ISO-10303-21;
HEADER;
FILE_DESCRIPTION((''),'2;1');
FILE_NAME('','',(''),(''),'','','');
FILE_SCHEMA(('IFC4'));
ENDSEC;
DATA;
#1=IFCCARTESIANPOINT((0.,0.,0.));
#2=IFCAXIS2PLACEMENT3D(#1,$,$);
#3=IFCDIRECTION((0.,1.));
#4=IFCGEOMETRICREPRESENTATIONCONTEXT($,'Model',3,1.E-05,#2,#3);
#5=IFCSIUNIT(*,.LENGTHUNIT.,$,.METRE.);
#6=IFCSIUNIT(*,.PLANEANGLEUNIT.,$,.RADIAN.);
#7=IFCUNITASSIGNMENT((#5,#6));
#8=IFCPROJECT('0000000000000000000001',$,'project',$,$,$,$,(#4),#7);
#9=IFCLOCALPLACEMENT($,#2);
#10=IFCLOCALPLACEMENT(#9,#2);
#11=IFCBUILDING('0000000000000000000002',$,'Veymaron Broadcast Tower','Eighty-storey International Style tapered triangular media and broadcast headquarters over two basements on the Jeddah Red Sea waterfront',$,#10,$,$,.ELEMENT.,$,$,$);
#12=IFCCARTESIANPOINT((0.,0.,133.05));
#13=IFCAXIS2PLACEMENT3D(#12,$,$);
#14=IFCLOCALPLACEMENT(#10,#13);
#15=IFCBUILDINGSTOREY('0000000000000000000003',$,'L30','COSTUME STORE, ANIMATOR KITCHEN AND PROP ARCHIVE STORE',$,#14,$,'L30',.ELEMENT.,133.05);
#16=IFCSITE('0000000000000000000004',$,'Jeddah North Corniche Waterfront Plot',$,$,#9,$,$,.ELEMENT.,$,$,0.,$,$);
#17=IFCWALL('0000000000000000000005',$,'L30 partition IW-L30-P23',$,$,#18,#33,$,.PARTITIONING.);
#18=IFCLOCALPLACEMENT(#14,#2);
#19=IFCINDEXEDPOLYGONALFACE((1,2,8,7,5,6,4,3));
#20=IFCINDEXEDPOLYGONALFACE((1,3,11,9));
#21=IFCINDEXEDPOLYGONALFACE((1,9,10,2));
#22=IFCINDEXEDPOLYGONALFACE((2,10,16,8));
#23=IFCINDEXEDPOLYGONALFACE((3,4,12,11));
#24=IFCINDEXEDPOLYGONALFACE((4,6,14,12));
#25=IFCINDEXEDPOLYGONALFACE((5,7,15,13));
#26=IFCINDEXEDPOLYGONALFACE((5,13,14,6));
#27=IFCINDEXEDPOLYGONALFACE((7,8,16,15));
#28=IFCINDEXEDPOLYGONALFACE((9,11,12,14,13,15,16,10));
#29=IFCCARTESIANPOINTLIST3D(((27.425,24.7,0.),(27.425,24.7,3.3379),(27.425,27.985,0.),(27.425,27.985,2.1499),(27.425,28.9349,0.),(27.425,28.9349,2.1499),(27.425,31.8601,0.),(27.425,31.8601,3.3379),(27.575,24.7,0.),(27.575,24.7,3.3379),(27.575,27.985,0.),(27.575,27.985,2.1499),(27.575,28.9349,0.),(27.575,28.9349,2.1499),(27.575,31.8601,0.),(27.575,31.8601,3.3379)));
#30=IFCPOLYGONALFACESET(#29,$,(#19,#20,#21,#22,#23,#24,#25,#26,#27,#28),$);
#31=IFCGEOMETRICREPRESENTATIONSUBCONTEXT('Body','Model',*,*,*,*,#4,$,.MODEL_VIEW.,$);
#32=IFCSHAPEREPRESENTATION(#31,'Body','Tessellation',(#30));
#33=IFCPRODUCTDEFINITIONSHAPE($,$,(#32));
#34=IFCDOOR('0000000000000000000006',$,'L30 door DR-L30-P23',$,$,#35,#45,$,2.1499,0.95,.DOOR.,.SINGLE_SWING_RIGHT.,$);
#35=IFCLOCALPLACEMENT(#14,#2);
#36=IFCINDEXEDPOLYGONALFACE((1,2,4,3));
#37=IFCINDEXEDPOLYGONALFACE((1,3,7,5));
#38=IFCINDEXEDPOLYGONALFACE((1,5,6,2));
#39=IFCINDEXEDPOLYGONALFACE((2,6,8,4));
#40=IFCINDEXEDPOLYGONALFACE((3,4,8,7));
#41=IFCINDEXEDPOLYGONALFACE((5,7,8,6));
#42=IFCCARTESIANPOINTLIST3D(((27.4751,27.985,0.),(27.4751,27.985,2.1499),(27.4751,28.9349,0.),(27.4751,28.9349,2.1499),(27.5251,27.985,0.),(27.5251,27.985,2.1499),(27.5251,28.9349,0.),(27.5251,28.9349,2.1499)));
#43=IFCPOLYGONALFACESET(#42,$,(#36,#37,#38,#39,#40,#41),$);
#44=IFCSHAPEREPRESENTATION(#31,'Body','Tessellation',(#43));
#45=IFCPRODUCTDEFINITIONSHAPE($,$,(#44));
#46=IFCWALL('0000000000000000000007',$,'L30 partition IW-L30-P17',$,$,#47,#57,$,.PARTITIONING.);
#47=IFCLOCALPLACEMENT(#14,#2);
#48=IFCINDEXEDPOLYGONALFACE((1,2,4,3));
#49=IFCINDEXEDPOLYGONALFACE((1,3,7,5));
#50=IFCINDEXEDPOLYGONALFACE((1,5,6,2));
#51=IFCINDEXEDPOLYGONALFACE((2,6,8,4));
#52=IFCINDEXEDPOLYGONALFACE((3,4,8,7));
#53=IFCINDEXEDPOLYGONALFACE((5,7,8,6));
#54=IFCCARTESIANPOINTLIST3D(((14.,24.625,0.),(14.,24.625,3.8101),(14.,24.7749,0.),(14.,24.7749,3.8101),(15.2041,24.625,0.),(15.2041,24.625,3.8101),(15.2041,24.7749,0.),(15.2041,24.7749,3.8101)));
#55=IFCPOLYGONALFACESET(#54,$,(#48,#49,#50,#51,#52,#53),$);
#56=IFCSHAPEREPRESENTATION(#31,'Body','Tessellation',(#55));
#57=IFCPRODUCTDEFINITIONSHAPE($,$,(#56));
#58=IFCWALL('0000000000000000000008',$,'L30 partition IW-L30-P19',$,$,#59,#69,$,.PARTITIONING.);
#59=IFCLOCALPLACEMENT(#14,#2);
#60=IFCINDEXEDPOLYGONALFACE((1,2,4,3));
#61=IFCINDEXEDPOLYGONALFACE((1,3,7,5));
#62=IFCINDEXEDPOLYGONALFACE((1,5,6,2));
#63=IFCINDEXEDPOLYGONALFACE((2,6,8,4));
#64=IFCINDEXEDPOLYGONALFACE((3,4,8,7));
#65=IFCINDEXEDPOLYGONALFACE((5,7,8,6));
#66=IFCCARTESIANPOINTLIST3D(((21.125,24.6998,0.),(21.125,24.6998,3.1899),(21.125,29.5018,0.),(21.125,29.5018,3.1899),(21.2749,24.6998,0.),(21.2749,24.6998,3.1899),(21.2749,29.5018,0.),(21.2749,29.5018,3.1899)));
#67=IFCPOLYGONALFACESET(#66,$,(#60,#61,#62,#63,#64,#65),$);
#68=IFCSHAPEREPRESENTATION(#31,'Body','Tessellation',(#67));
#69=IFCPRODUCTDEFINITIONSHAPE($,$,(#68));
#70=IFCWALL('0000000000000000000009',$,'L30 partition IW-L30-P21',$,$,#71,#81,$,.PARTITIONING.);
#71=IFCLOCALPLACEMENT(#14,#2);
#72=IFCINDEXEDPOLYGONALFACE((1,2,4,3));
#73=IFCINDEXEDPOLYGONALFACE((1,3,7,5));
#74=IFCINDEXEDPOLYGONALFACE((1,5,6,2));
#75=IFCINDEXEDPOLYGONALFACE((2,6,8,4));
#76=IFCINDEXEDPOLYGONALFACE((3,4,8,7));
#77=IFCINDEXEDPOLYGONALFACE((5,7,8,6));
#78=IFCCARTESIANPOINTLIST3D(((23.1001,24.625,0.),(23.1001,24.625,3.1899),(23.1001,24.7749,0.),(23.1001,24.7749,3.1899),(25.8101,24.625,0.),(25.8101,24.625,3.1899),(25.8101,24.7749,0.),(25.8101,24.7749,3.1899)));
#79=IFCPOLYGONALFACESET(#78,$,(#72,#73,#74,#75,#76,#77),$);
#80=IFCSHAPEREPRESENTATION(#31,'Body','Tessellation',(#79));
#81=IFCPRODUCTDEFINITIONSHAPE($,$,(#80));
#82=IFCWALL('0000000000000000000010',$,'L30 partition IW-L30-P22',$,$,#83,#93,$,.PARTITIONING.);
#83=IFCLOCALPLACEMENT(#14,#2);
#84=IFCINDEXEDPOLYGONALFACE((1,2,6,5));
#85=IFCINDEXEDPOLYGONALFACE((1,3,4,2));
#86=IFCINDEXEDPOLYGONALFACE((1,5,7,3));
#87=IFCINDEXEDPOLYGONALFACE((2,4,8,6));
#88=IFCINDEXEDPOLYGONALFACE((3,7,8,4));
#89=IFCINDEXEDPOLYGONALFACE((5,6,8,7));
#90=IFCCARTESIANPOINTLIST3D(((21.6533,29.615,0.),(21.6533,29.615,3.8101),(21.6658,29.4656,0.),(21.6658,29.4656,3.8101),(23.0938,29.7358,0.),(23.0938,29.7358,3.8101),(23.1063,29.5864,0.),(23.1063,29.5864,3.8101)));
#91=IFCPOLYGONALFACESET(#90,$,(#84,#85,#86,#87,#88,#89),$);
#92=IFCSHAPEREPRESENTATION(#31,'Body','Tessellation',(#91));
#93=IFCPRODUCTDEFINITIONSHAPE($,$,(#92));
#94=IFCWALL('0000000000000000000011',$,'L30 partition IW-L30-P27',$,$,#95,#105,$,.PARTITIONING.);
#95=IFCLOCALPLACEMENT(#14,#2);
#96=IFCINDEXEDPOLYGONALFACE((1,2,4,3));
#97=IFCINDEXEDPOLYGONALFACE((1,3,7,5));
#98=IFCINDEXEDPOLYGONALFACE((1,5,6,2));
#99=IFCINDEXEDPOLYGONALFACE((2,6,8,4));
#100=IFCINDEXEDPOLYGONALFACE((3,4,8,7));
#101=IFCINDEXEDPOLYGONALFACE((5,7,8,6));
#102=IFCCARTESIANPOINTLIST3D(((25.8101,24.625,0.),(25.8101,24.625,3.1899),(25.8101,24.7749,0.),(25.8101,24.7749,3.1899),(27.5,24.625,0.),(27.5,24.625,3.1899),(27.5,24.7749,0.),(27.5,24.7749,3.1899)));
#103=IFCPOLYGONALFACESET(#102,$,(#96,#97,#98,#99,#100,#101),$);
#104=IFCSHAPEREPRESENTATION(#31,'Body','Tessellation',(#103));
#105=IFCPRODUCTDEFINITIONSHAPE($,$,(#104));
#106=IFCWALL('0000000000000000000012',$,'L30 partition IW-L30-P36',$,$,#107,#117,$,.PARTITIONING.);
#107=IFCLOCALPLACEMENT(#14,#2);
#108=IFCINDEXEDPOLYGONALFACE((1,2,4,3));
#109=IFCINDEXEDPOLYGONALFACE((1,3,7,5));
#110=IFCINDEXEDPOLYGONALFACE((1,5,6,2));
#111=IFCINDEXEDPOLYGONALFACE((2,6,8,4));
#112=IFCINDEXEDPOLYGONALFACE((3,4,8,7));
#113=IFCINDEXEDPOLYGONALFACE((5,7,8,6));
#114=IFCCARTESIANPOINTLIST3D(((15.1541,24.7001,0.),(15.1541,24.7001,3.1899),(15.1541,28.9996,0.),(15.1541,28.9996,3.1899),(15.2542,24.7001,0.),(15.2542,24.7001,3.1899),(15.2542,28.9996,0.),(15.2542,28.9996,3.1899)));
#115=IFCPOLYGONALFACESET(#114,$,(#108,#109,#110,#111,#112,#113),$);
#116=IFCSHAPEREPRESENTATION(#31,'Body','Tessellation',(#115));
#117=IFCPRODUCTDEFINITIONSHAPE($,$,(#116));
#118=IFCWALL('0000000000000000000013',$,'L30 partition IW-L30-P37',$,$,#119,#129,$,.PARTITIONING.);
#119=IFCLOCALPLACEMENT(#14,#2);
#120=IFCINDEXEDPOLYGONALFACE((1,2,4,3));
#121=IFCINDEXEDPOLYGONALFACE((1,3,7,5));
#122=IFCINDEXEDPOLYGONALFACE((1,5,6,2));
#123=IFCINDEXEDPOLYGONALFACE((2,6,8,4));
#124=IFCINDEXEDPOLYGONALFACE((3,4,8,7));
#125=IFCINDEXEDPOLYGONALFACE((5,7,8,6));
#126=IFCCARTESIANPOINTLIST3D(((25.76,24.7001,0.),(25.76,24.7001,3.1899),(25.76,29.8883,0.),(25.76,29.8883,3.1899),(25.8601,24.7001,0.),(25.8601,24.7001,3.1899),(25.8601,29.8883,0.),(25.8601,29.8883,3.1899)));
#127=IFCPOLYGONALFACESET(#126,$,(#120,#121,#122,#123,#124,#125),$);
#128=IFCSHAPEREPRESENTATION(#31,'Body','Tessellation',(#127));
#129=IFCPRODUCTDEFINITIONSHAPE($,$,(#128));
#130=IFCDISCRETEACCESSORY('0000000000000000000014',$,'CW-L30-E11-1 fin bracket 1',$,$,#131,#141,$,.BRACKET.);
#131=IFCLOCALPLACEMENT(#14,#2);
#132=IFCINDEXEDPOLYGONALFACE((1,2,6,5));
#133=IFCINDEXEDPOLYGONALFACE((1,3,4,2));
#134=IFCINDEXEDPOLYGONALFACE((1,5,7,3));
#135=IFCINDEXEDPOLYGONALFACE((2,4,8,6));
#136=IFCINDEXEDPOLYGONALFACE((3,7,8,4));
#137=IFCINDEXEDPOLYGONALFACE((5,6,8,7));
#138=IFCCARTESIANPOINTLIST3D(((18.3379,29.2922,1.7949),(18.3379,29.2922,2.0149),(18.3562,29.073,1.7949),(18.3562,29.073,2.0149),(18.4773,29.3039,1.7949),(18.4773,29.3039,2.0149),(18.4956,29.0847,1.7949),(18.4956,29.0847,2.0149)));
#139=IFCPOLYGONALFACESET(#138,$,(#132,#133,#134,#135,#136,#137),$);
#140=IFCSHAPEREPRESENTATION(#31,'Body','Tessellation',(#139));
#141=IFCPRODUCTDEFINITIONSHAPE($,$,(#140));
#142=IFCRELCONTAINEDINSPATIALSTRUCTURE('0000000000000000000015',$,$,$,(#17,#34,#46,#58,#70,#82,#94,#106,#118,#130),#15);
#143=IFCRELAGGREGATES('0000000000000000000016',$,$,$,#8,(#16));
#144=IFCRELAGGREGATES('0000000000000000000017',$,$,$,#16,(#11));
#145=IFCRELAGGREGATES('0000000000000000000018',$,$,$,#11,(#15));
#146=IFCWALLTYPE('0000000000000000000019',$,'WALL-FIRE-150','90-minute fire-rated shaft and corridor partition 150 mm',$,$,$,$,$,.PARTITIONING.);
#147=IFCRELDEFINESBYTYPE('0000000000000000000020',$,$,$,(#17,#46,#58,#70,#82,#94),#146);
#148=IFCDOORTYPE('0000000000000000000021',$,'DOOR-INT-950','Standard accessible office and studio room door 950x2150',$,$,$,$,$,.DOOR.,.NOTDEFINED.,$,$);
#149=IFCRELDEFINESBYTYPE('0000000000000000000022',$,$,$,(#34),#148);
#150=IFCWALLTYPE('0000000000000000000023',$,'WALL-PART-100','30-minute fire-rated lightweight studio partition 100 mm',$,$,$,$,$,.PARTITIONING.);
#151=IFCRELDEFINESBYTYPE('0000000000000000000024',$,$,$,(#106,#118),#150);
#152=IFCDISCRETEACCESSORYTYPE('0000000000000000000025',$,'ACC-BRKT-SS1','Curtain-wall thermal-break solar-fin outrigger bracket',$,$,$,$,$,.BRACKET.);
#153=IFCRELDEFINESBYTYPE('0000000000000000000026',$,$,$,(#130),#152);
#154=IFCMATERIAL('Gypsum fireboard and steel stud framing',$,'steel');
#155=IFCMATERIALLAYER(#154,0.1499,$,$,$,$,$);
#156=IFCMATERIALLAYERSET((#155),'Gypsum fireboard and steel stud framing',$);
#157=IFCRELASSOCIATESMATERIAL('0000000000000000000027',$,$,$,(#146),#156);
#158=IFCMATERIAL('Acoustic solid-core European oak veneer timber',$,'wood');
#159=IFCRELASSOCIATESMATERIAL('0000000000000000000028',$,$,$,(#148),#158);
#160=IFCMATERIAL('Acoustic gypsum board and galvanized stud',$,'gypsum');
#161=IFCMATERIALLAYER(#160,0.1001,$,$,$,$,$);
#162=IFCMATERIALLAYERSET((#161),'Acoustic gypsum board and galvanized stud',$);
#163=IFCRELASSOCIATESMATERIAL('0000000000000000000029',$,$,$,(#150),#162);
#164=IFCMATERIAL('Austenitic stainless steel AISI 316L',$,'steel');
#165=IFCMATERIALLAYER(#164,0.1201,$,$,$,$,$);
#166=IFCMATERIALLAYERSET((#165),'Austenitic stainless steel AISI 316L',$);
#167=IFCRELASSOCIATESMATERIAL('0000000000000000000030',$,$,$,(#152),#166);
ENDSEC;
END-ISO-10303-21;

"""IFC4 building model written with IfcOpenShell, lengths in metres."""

from ifc_helpers import new_model, si_unit, direction, frame, frame_2d, origin, origin_2d, place, context, subcontext, project, spatial, rectangle, extrude, material, layer, layer_set, type_object, element, fill, save


model = new_model("IFC4")

# Units and contexts
model_context = context("Model", 3, precision=1e-05, world=origin(), true_north=direction((0.0, 1.0)))
body_context = subcontext(model_context, "Body", "Model", "MODEL_VIEW")
ifc_project = project(units=[si_unit("LENGTHUNIT", "METRE"), si_unit("PLANEANGLEUNIT", "RADIAN")], contexts=[model_context])

# Site, building, storey
site_placement = place(None, origin())
site = spatial("IfcSite", under=ifc_project, at=site_placement, Name="Jeddah North Corniche Waterfront Plot", CompositionType="ELEMENT", RefElevation=0.0)
building_placement = place(site_placement, origin())
building = spatial("IfcBuilding", under=site, at=building_placement, Name="Veymaron Broadcast Tower", Description="Eighty-storey International Style tapered triangular media and broadcast headquarters over two basements on the Jeddah Red Sea waterfront", CompositionType="ELEMENT")
storey_placement = place(building_placement, frame((0.0, 0.0, 133.05)))
storey = spatial("IfcBuildingStorey", under=building, at=storey_placement, Name="L30", Description="COSTUME STORE, ANIMATOR KITCHEN AND PROP ARCHIVE STORE", LongName="L30", CompositionType="ELEMENT", Elevation=133.05)

# Wall, opening, door
ifc_material_1 = material(Name="Gypsum fireboard and steel stud framing", Category="steel")
ifc_layer_1 = layer(ifc_material_1, 0.1499)
ifc_layer_set_1 = layer_set([ifc_layer_1], Name="Gypsum fireboard and steel stud framing")
wall_type_1 = type_object("IfcWallType", Name="WALL-FIRE-150", Description="90-minute fire-rated shaft and corridor partition 150 mm", PredefinedType="PARTITIONING", material=ifc_layer_set_1)
ifc_material_2 = material(Name="Acoustic solid-core European oak veneer timber", Category="wood")
door_type = type_object("IfcDoorType", Name="DOOR-INT-950", Description="Standard accessible office and studio room door 950x2150", OperationType="NOTDEFINED", PredefinedType="DOOR", material=ifc_material_2)
wall_1_placement = place(storey_placement, frame((27.5, 24.7, 0.0), z_axis=(0.0, 0.0, 1.0), x_axis=(0.0, 1.0, 0.0)))
wall_1 = element("IfcWall", 1, at=wall_1_placement, inside=storey, type_object=wall_type_1, Name="L30 partition IW-L30-P23", PredefinedType="PARTITIONING", context=body_context, shape_type="SweptSolid", body=[
    extrude(rectangle(XDim=7.1602, YDim=0.1499, at=frame_2d((3.5801, 0.0))), origin(), (0.0, 0.0, 1.0), 3.3379),
])
opening_1_placement = place(wall_1_placement, frame((3.2849, 0.0, 0.0)))
opening_1 = element("IfcOpeningElement", 2, at=opening_1_placement, cuts=wall_1, PredefinedType="OPENING", context=body_context, shape_type="SweptSolid", body=[
    extrude(rectangle(XDim=0.95, YDim=2.1499, at=frame_2d((0.4751, 1.075))), frame((0.0, 0.085, 0.0), z_axis=(0.0, -1.0, 0.0), x_axis=(1.0, 0.0, 0.0)), (0.0, 0.0, 1.0), 0.1699),
])
door_1_placement = place(opening_1_placement, origin())
door_1 = element("IfcDoor", 3, at=door_1_placement, inside=storey, type_object=door_type, Name="L30 door DR-L30-P23", OperationType="SINGLE_SWING_RIGHT", OverallHeight=2.1499, OverallWidth=0.95, PredefinedType="DOOR", context=body_context, shape_type="SweptSolid", body=[
    extrude(rectangle(XDim=0.95, YDim=2.1499, at=frame_2d((0.4751, 1.075))), frame((0.0, 0.0249, 0.0), z_axis=(0.0, -1.0, 0.0), x_axis=(1.0, 0.0, 0.0)), (0.0, 0.0, 1.0), 0.05),
])
fill(opening_1, door_1)

# Walls
wall_2_placement = place(storey_placement, frame((14.0, 24.7, 0.0), z_axis=(0.0, 0.0, 1.0), x_axis=(1.0, 0.0, 0.0)))
element("IfcWall", 4, at=wall_2_placement, inside=storey, type_object=wall_type_1, Name="L30 partition IW-L30-P17", PredefinedType="PARTITIONING", context=body_context, shape_type="SweptSolid", body=[
    extrude(rectangle(XDim=1.2041, YDim=0.1499, at=frame_2d((0.6021, 0.0))), origin(), (0.0, 0.0, 1.0), 3.8101),
])
wall_3_placement = place(storey_placement, frame((21.2, 24.7, 0.0), z_axis=(0.0, 0.0, 1.0), x_axis=(0.0, 1.0, 0.0)))
element("IfcWall", 5, at=wall_3_placement, inside=storey, type_object=wall_type_1, Name="L30 partition IW-L30-P19", PredefinedType="PARTITIONING", context=body_context, shape_type="SweptSolid", body=[
    extrude(rectangle(XDim=4.802, YDim=0.1499, at=frame_2d((2.4009, 0.0))), origin(), (0.0, 0.0, 1.0), 3.1899),
])
wall_4_placement = place(storey_placement, frame((23.1001, 24.7, 0.0), z_axis=(0.0, 0.0, 1.0), x_axis=(1.0, 0.0, 0.0)))
element("IfcWall", 6, at=wall_4_placement, inside=storey, type_object=wall_type_1, Name="L30 partition IW-L30-P21", PredefinedType="PARTITIONING", context=body_context, shape_type="SweptSolid", body=[
    extrude(rectangle(XDim=2.71, YDim=0.1499, at=frame_2d((1.355, 0.0))), origin(), (0.0, 0.0, 1.0), 3.1899),
])
wall_5_placement = place(storey_placement, frame((21.6597, 29.5403, 0.0), z_axis=(0.0, 0.0, 1.0), x_axis=(0.996499, 0.083605, 0.0)))
element("IfcWall", 7, at=wall_5_placement, inside=storey, type_object=wall_type_1, Name="L30 partition IW-L30-P22", PredefinedType="PARTITIONING", context=body_context, shape_type="SweptSolid", body=[
    extrude(rectangle(XDim=1.4456, YDim=0.1499, at=frame_2d((0.7227, 0.0))), origin(), (0.0, 0.0, 1.0), 3.8101),
])
wall_6_placement = place(storey_placement, frame((25.8101, 24.7, 0.0), z_axis=(0.0, 0.0, 1.0), x_axis=(1.0, 0.0, 0.0)))
element("IfcWall", 8, at=wall_6_placement, inside=storey, type_object=wall_type_1, Name="L30 partition IW-L30-P27", PredefinedType="PARTITIONING", context=body_context, shape_type="SweptSolid", body=[
    extrude(rectangle(XDim=1.6899, YDim=0.1499, at=frame_2d((0.845, 0.0))), origin(), (0.0, 0.0, 1.0), 3.1899),
])
ifc_material_3 = material(Name="Acoustic gypsum board and galvanized stud", Category="gypsum")
ifc_layer_2 = layer(ifc_material_3, 0.1001)
ifc_layer_set_2 = layer_set([ifc_layer_2], Name="Acoustic gypsum board and galvanized stud")
wall_type_2 = type_object("IfcWallType", Name="WALL-PART-100", Description="30-minute fire-rated lightweight studio partition 100 mm", PredefinedType="PARTITIONING", material=ifc_layer_set_2)
wall_7_placement = place(storey_placement, frame((15.2041, 24.7, 0.0), z_axis=(0.0, 0.0, 1.0), x_axis=(0.0, 1.0, 0.0)))
element("IfcWall", 9, at=wall_7_placement, inside=storey, type_object=wall_type_2, Name="L30 partition IW-L30-P36", PredefinedType="PARTITIONING", context=body_context, shape_type="SweptSolid", body=[
    extrude(rectangle(XDim=4.2996, YDim=0.1001, at=frame_2d((2.1499, 0.0))), origin(), (0.0, 0.0, 1.0), 3.1899),
])
wall_8_placement = place(storey_placement, frame((25.8101, 24.7, 0.0), z_axis=(0.0, 0.0, 1.0), x_axis=(0.0, 1.0, 0.0)))
element("IfcWall", 10, at=wall_8_placement, inside=storey, type_object=wall_type_2, Name="L30 partition IW-L30-P37", PredefinedType="PARTITIONING", context=body_context, shape_type="SweptSolid", body=[
    extrude(rectangle(XDim=5.1882, YDim=0.1001, at=frame_2d((2.5942, 0.0))), origin(), (0.0, 0.0, 1.0), 3.1899),
])

# Discrete accessory
ifc_material_4 = material(Name="Austenitic stainless steel AISI 316L", Category="steel")
ifc_layer_3 = layer(ifc_material_4, 0.1201)
ifc_layer_set_3 = layer_set([ifc_layer_3], Name="Austenitic stainless steel AISI 316L")
discrete_accessory_type = type_object("IfcDiscreteAccessoryType", Name="ACC-BRKT-SS1", Description="Curtain-wall thermal-break solar-fin outrigger bracket", PredefinedType="BRACKET", material=ifc_layer_set_3)
discrete_accessory_placement = place(storey_placement, frame((18.4167, 29.1885, 1.7949), z_axis=(0.0, 0.0, 1.0), x_axis=(-0.083504, 0.996507, 0.0)))
element("IfcDiscreteAccessory", 11, at=discrete_accessory_placement, inside=storey, type_object=discrete_accessory_type, Name="CW-L30-E11-1 fin bracket 1", PredefinedType="BRACKET", context=body_context, shape_type="SweptSolid", body=[
    extrude(rectangle(XDim=0.22, YDim=0.1399, at=origin_2d()), origin(), (0.0, 0.0, 1.0), 0.22),
])

save(model, "model.ifc")
